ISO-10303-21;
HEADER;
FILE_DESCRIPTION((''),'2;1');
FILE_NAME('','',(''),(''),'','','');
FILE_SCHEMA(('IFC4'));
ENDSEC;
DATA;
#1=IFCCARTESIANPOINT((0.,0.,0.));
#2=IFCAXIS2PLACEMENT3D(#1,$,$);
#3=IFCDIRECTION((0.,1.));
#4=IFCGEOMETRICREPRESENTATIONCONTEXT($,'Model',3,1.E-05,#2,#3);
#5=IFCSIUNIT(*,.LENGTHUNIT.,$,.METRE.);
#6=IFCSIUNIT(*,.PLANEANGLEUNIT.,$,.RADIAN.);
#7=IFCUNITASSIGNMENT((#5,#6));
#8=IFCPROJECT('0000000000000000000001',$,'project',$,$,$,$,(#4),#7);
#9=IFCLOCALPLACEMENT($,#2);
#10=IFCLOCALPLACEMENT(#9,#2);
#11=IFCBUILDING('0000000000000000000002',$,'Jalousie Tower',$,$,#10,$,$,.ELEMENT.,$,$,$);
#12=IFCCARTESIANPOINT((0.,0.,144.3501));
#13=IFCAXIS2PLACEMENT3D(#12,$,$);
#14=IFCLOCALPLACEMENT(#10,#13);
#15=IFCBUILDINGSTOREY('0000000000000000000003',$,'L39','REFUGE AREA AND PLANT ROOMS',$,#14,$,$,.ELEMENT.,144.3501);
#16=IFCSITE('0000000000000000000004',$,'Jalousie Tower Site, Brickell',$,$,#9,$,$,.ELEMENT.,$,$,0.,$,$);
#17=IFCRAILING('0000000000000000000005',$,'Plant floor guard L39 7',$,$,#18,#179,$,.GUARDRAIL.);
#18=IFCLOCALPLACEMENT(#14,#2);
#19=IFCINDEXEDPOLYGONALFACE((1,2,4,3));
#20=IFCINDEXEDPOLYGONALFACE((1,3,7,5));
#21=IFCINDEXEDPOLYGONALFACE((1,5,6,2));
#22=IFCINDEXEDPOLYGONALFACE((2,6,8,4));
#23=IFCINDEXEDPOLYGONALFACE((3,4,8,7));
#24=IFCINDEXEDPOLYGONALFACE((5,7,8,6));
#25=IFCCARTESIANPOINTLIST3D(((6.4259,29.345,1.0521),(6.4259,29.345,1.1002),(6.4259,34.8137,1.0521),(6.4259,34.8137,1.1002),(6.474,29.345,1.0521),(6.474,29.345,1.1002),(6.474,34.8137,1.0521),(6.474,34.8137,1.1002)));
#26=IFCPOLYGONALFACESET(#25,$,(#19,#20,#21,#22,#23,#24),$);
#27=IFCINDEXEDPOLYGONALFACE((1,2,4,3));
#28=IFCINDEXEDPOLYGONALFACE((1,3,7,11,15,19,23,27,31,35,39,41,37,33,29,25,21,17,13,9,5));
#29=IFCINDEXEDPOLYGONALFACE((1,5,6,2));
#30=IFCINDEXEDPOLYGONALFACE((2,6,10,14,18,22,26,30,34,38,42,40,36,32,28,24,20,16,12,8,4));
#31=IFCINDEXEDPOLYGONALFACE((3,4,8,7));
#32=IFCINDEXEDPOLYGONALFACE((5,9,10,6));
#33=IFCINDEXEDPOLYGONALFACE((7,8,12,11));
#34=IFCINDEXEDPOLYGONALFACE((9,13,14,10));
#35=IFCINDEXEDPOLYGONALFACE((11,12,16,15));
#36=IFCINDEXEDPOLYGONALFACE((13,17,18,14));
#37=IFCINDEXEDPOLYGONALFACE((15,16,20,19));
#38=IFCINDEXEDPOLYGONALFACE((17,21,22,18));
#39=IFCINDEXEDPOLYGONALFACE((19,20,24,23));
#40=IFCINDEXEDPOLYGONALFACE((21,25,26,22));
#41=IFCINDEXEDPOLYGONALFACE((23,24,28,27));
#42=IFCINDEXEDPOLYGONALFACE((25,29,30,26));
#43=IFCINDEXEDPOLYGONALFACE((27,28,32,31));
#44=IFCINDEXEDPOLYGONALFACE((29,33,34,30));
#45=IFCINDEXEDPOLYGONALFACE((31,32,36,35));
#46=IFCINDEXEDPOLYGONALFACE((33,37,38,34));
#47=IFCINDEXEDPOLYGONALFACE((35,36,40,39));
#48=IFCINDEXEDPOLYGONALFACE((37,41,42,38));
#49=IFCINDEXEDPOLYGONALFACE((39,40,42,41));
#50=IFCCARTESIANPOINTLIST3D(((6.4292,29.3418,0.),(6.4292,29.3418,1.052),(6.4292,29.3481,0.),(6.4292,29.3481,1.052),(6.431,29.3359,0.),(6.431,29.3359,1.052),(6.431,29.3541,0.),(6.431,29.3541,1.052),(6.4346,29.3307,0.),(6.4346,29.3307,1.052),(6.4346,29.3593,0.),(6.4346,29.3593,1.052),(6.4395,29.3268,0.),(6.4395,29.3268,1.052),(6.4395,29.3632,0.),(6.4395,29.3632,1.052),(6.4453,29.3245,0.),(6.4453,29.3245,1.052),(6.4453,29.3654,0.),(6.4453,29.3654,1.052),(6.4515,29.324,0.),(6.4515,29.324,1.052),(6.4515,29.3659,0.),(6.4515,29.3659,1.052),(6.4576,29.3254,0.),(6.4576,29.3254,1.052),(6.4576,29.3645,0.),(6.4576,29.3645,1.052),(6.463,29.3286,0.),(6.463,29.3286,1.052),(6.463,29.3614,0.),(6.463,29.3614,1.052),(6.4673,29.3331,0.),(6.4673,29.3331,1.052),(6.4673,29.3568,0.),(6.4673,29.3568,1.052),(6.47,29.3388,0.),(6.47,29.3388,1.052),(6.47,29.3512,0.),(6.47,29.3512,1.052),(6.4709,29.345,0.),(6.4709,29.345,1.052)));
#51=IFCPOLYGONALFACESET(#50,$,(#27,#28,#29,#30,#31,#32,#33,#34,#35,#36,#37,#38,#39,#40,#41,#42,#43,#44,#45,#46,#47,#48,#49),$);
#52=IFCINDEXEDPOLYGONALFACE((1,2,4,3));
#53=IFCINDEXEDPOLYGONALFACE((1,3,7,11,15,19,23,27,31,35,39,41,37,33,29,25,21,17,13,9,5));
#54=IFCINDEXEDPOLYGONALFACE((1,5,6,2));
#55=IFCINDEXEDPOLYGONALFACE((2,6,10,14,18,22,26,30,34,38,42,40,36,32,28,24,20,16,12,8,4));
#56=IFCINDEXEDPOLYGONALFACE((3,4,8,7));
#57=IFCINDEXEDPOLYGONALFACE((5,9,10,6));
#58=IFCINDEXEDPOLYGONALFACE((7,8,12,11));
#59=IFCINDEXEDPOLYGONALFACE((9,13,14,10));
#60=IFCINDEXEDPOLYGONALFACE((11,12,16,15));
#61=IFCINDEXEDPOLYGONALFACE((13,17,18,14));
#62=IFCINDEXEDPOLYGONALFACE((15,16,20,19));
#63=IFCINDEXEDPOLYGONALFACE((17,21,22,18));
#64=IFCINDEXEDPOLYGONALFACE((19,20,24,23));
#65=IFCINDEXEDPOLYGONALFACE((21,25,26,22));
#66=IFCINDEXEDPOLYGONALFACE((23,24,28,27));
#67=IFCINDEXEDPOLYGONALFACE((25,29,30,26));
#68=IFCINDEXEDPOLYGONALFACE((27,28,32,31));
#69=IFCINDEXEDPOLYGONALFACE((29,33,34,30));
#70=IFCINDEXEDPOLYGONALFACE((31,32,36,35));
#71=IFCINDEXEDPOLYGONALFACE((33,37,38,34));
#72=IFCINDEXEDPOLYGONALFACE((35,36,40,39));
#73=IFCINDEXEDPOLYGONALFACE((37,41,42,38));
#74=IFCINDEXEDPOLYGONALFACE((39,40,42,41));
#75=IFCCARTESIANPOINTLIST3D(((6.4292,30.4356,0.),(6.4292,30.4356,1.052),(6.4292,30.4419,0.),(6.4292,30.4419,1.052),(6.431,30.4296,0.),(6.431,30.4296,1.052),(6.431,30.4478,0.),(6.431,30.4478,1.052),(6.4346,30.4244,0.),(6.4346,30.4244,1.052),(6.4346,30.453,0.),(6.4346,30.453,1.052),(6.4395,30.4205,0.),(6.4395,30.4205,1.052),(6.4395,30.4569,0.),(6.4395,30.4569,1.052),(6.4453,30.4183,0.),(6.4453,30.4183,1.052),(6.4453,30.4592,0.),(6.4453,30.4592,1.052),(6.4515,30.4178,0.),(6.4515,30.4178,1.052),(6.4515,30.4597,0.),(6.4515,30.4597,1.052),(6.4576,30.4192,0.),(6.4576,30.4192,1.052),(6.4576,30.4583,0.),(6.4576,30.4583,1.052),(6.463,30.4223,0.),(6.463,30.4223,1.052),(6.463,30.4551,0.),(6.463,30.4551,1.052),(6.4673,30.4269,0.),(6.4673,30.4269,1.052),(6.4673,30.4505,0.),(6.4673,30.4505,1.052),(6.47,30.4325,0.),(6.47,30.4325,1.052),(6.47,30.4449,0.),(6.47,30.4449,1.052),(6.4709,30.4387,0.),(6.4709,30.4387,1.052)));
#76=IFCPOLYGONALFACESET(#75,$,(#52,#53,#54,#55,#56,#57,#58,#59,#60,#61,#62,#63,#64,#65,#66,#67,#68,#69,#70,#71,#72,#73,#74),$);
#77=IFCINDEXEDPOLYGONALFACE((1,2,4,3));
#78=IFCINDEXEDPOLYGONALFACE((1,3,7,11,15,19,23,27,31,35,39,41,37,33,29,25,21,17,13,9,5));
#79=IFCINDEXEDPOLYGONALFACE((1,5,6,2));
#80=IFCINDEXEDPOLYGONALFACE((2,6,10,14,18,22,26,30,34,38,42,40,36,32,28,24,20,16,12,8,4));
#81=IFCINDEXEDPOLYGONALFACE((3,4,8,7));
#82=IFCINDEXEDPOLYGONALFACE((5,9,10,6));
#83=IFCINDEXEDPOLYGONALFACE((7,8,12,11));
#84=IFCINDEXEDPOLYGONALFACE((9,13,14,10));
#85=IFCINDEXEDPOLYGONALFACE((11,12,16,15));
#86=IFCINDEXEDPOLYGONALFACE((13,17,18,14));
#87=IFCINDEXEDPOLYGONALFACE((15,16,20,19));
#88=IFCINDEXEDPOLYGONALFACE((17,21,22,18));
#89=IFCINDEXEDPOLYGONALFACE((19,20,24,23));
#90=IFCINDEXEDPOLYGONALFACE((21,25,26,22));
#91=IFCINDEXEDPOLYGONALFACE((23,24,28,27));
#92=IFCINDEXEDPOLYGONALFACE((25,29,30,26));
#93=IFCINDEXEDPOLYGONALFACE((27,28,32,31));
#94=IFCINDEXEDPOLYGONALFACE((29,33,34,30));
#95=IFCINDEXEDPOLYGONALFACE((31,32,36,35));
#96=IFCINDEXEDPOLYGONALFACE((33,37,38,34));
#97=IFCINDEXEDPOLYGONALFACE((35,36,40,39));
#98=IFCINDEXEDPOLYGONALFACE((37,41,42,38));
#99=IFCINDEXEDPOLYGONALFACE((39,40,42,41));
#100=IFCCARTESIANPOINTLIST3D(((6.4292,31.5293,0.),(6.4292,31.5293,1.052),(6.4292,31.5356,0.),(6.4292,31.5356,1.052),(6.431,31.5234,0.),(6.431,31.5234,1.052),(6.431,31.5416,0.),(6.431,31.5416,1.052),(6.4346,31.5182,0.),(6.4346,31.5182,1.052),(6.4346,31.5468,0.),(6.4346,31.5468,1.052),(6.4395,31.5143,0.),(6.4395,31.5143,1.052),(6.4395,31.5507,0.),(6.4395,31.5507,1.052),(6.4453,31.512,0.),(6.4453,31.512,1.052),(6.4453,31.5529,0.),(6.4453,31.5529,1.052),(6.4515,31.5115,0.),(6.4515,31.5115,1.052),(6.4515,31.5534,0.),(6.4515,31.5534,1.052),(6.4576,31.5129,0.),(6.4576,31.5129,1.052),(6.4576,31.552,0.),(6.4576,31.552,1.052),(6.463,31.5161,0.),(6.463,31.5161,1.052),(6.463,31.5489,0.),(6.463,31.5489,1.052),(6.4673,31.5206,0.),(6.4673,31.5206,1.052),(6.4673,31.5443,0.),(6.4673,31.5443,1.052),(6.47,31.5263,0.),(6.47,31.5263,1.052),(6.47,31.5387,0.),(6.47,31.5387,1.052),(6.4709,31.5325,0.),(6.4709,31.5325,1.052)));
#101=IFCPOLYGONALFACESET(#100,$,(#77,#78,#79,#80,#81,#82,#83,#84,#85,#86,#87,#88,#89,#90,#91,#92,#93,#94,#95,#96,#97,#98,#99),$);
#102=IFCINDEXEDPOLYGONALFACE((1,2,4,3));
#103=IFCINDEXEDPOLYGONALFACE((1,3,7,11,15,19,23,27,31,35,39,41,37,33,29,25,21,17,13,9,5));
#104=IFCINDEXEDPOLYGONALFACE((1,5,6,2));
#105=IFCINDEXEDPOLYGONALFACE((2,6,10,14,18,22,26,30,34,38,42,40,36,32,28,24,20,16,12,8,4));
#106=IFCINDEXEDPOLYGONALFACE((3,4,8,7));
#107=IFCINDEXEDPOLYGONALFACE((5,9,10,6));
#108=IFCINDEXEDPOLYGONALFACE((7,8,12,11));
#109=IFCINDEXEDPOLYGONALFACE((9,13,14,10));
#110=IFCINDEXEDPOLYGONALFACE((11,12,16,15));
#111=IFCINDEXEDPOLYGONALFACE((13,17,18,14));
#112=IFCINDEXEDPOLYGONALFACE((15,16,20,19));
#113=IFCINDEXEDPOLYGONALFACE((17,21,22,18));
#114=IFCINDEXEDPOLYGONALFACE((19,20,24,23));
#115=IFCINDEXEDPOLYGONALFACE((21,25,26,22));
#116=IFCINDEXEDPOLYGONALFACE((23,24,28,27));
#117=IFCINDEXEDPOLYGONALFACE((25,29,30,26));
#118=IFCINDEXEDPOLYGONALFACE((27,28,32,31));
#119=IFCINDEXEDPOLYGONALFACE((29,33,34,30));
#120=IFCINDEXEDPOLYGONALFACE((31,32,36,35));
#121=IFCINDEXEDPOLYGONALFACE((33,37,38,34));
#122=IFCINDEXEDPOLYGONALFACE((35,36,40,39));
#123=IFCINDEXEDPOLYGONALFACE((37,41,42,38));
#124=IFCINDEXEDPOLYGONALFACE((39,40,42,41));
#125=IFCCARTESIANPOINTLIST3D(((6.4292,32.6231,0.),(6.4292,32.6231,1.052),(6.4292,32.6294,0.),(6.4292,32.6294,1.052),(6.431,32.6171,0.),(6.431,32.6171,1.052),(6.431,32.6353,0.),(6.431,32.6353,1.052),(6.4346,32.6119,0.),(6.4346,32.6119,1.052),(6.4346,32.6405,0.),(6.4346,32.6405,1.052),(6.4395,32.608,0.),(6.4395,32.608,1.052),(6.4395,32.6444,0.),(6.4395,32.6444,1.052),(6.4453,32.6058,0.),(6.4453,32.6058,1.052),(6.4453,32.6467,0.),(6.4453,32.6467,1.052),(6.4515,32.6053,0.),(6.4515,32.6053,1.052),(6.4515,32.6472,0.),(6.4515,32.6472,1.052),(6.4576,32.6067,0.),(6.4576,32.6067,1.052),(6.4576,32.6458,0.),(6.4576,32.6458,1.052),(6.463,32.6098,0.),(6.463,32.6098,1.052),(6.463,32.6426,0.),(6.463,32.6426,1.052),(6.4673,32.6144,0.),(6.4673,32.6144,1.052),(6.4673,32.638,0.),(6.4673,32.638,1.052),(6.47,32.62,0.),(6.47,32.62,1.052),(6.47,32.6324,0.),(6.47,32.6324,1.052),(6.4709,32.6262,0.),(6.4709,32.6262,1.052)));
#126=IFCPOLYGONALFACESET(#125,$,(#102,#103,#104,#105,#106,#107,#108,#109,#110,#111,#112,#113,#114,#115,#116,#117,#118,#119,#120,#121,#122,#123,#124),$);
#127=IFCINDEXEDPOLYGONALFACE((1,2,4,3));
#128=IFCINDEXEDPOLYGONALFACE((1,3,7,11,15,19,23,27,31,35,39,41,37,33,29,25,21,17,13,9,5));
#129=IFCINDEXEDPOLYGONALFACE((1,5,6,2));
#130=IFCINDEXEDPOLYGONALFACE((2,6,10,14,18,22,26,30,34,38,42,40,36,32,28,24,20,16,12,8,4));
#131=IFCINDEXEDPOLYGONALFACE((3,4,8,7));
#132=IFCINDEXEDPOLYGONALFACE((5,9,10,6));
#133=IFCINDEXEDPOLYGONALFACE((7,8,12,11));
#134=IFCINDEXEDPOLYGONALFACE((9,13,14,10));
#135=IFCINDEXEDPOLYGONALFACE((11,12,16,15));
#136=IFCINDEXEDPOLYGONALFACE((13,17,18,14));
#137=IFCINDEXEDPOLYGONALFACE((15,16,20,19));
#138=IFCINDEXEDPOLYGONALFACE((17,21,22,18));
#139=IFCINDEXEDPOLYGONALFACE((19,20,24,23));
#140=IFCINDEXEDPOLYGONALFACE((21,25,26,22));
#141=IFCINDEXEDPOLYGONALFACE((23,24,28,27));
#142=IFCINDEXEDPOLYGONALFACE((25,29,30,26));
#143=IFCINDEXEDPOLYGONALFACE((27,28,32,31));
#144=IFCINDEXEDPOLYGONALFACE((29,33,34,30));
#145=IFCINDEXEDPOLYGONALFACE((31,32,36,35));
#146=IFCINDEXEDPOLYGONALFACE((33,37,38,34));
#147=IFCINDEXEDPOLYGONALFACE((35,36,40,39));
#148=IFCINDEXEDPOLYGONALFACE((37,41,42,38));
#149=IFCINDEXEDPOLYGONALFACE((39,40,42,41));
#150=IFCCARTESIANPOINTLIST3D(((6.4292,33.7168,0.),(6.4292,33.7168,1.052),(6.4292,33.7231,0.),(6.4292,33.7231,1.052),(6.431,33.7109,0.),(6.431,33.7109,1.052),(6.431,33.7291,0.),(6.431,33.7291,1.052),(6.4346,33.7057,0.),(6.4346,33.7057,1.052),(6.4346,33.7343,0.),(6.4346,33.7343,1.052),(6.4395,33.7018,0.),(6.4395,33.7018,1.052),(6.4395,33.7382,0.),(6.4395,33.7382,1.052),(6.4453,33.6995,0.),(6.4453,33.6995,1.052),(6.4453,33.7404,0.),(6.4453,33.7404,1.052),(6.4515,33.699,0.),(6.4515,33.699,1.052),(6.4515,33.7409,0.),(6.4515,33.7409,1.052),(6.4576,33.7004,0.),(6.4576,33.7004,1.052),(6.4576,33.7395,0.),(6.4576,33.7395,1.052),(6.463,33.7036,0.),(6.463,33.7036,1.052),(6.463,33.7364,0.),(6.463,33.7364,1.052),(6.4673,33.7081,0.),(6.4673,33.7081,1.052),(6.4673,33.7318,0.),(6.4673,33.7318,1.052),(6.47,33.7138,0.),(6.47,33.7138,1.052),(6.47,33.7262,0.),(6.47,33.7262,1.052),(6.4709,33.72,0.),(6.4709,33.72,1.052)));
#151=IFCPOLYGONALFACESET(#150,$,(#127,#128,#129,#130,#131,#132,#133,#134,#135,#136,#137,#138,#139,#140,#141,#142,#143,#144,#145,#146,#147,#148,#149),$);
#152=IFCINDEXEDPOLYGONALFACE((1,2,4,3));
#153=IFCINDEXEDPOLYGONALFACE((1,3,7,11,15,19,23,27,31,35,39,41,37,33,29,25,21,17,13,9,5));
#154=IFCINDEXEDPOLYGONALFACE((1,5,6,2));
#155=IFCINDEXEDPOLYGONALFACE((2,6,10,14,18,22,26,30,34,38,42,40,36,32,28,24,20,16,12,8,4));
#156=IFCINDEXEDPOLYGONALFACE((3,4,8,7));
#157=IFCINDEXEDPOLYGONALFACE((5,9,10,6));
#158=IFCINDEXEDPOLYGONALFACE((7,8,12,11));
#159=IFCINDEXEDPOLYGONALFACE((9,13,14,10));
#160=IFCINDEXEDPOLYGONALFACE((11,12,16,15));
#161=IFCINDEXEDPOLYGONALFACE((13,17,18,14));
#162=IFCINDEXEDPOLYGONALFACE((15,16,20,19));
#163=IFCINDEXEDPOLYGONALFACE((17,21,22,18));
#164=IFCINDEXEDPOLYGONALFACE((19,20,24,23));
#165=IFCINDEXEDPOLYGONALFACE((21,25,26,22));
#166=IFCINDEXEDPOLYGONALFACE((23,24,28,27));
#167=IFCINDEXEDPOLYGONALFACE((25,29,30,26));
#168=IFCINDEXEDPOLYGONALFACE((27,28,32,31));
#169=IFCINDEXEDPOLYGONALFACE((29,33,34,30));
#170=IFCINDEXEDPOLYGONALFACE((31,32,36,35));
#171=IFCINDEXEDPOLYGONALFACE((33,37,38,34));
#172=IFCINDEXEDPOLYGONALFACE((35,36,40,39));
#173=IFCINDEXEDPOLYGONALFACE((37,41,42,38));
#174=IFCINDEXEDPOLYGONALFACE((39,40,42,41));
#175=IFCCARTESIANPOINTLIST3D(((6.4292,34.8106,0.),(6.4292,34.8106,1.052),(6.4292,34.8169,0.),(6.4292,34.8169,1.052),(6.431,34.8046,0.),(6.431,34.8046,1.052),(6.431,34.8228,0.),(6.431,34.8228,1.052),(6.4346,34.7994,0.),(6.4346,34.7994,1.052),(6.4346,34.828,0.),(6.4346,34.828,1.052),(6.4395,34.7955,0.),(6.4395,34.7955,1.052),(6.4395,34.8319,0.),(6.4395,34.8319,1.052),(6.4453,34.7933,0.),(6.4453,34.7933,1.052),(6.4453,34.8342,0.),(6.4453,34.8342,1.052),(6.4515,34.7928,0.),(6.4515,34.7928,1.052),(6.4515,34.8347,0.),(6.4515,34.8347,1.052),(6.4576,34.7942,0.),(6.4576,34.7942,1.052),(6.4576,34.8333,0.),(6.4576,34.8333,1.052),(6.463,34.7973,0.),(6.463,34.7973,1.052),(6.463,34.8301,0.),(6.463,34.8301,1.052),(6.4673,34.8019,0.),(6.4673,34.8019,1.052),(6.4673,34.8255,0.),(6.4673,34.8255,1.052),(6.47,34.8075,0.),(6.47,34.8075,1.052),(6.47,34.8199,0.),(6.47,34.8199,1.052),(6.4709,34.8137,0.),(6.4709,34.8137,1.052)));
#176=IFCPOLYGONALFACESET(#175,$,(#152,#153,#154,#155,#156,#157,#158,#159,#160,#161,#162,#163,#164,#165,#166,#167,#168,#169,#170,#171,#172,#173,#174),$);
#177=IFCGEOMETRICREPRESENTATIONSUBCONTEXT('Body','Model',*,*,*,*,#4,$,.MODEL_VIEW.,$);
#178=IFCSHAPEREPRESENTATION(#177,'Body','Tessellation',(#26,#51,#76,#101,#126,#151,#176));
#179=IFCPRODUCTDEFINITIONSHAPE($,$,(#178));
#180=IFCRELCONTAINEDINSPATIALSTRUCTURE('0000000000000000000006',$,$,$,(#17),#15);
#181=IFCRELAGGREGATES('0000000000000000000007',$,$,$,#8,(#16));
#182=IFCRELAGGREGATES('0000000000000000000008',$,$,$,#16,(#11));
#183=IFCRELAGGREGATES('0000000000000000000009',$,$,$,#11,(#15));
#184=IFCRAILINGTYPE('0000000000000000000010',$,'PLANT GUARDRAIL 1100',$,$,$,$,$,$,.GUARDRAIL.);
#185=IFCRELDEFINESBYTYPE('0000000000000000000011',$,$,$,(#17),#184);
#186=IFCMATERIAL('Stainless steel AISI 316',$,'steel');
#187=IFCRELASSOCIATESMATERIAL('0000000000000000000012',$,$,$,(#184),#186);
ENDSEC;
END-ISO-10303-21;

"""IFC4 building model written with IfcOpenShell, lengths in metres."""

from ifc_helpers import new_model, si_unit, direction, frame, origin, origin_2d, place, context, subcontext, project, spatial, rectangle, circle, extrude, material, type_object, element, save


model = new_model("IFC4")

# Units and contexts
model_context = context("Model", 3, precision=1e-05, world=origin(), true_north=direction((0.0, 1.0)))
body_context = subcontext(model_context, "Body", "Model", "MODEL_VIEW")
ifc_project = project(units=[si_unit("LENGTHUNIT", "METRE"), si_unit("PLANEANGLEUNIT", "RADIAN")], contexts=[model_context])

# Site, building, storey
site_placement = place(None, origin())
site = spatial("IfcSite", under=ifc_project, at=site_placement, Name="Jalousie Tower Site, Brickell", CompositionType="ELEMENT", RefElevation=0.0)
building_placement = place(site_placement, origin())
building = spatial("IfcBuilding", under=site, at=building_placement, Name="Jalousie Tower", CompositionType="ELEMENT")
storey_placement = place(building_placement, frame((0.0, 0.0, 144.3501)))
storey = spatial("IfcBuildingStorey", under=building, at=storey_placement, Name="L39", Description="REFUGE AREA AND PLANT ROOMS", CompositionType="ELEMENT", Elevation=144.3501)

# Railing
ifc_material_1 = material(Name="Stainless steel AISI 316", Category="steel")
railing_type = type_object("IfcRailingType", Name="PLANT GUARDRAIL 1100", PredefinedType="GUARDRAIL", material=ifc_material_1)
railing_1_placement = place(storey_placement, frame((6.45, 29.345, 0.0)))
element("IfcRailing", 1, at=railing_1_placement, inside=storey, type_object=railing_type, Name="Plant floor guard L39 7", PredefinedType="GUARDRAIL", context=body_context, shape_type="SweptSolid", body=[
    extrude(rectangle(XDim=0.0481, YDim=0.0481, at=origin_2d()), frame((0.0, 0.0, 1.0762), z_axis=(0.0, 1.0, 0.0), x_axis=(-1.0, 0.0, 0.0)), (0.0, 0.0, 1.0), 5.4688),
    extrude(circle(Radius=0.021, at=origin_2d()), origin(), (0.0, 0.0, 1.0), 1.052),
    extrude(circle(Radius=0.021, at=origin_2d()), frame((0.0, 1.0938, 0.0)), (0.0, 0.0, 1.0), 1.052),
    extrude(circle(Radius=0.021, at=origin_2d()), frame((0.0, 2.1875, 0.0)), (0.0, 0.0, 1.0), 1.052),
    extrude(circle(Radius=0.021, at=origin_2d()), frame((0.0, 3.2812, 0.0)), (0.0, 0.0, 1.0), 1.052),
    extrude(circle(Radius=0.021, at=origin_2d()), frame((0.0, 4.375, 0.0)), (0.0, 0.0, 1.0), 1.052),
    extrude(circle(Radius=0.021, at=origin_2d()), frame((0.0, 5.4688, 0.0)), (0.0, 0.0, 1.0), 1.052),
])

save(model, "model.ifc")
